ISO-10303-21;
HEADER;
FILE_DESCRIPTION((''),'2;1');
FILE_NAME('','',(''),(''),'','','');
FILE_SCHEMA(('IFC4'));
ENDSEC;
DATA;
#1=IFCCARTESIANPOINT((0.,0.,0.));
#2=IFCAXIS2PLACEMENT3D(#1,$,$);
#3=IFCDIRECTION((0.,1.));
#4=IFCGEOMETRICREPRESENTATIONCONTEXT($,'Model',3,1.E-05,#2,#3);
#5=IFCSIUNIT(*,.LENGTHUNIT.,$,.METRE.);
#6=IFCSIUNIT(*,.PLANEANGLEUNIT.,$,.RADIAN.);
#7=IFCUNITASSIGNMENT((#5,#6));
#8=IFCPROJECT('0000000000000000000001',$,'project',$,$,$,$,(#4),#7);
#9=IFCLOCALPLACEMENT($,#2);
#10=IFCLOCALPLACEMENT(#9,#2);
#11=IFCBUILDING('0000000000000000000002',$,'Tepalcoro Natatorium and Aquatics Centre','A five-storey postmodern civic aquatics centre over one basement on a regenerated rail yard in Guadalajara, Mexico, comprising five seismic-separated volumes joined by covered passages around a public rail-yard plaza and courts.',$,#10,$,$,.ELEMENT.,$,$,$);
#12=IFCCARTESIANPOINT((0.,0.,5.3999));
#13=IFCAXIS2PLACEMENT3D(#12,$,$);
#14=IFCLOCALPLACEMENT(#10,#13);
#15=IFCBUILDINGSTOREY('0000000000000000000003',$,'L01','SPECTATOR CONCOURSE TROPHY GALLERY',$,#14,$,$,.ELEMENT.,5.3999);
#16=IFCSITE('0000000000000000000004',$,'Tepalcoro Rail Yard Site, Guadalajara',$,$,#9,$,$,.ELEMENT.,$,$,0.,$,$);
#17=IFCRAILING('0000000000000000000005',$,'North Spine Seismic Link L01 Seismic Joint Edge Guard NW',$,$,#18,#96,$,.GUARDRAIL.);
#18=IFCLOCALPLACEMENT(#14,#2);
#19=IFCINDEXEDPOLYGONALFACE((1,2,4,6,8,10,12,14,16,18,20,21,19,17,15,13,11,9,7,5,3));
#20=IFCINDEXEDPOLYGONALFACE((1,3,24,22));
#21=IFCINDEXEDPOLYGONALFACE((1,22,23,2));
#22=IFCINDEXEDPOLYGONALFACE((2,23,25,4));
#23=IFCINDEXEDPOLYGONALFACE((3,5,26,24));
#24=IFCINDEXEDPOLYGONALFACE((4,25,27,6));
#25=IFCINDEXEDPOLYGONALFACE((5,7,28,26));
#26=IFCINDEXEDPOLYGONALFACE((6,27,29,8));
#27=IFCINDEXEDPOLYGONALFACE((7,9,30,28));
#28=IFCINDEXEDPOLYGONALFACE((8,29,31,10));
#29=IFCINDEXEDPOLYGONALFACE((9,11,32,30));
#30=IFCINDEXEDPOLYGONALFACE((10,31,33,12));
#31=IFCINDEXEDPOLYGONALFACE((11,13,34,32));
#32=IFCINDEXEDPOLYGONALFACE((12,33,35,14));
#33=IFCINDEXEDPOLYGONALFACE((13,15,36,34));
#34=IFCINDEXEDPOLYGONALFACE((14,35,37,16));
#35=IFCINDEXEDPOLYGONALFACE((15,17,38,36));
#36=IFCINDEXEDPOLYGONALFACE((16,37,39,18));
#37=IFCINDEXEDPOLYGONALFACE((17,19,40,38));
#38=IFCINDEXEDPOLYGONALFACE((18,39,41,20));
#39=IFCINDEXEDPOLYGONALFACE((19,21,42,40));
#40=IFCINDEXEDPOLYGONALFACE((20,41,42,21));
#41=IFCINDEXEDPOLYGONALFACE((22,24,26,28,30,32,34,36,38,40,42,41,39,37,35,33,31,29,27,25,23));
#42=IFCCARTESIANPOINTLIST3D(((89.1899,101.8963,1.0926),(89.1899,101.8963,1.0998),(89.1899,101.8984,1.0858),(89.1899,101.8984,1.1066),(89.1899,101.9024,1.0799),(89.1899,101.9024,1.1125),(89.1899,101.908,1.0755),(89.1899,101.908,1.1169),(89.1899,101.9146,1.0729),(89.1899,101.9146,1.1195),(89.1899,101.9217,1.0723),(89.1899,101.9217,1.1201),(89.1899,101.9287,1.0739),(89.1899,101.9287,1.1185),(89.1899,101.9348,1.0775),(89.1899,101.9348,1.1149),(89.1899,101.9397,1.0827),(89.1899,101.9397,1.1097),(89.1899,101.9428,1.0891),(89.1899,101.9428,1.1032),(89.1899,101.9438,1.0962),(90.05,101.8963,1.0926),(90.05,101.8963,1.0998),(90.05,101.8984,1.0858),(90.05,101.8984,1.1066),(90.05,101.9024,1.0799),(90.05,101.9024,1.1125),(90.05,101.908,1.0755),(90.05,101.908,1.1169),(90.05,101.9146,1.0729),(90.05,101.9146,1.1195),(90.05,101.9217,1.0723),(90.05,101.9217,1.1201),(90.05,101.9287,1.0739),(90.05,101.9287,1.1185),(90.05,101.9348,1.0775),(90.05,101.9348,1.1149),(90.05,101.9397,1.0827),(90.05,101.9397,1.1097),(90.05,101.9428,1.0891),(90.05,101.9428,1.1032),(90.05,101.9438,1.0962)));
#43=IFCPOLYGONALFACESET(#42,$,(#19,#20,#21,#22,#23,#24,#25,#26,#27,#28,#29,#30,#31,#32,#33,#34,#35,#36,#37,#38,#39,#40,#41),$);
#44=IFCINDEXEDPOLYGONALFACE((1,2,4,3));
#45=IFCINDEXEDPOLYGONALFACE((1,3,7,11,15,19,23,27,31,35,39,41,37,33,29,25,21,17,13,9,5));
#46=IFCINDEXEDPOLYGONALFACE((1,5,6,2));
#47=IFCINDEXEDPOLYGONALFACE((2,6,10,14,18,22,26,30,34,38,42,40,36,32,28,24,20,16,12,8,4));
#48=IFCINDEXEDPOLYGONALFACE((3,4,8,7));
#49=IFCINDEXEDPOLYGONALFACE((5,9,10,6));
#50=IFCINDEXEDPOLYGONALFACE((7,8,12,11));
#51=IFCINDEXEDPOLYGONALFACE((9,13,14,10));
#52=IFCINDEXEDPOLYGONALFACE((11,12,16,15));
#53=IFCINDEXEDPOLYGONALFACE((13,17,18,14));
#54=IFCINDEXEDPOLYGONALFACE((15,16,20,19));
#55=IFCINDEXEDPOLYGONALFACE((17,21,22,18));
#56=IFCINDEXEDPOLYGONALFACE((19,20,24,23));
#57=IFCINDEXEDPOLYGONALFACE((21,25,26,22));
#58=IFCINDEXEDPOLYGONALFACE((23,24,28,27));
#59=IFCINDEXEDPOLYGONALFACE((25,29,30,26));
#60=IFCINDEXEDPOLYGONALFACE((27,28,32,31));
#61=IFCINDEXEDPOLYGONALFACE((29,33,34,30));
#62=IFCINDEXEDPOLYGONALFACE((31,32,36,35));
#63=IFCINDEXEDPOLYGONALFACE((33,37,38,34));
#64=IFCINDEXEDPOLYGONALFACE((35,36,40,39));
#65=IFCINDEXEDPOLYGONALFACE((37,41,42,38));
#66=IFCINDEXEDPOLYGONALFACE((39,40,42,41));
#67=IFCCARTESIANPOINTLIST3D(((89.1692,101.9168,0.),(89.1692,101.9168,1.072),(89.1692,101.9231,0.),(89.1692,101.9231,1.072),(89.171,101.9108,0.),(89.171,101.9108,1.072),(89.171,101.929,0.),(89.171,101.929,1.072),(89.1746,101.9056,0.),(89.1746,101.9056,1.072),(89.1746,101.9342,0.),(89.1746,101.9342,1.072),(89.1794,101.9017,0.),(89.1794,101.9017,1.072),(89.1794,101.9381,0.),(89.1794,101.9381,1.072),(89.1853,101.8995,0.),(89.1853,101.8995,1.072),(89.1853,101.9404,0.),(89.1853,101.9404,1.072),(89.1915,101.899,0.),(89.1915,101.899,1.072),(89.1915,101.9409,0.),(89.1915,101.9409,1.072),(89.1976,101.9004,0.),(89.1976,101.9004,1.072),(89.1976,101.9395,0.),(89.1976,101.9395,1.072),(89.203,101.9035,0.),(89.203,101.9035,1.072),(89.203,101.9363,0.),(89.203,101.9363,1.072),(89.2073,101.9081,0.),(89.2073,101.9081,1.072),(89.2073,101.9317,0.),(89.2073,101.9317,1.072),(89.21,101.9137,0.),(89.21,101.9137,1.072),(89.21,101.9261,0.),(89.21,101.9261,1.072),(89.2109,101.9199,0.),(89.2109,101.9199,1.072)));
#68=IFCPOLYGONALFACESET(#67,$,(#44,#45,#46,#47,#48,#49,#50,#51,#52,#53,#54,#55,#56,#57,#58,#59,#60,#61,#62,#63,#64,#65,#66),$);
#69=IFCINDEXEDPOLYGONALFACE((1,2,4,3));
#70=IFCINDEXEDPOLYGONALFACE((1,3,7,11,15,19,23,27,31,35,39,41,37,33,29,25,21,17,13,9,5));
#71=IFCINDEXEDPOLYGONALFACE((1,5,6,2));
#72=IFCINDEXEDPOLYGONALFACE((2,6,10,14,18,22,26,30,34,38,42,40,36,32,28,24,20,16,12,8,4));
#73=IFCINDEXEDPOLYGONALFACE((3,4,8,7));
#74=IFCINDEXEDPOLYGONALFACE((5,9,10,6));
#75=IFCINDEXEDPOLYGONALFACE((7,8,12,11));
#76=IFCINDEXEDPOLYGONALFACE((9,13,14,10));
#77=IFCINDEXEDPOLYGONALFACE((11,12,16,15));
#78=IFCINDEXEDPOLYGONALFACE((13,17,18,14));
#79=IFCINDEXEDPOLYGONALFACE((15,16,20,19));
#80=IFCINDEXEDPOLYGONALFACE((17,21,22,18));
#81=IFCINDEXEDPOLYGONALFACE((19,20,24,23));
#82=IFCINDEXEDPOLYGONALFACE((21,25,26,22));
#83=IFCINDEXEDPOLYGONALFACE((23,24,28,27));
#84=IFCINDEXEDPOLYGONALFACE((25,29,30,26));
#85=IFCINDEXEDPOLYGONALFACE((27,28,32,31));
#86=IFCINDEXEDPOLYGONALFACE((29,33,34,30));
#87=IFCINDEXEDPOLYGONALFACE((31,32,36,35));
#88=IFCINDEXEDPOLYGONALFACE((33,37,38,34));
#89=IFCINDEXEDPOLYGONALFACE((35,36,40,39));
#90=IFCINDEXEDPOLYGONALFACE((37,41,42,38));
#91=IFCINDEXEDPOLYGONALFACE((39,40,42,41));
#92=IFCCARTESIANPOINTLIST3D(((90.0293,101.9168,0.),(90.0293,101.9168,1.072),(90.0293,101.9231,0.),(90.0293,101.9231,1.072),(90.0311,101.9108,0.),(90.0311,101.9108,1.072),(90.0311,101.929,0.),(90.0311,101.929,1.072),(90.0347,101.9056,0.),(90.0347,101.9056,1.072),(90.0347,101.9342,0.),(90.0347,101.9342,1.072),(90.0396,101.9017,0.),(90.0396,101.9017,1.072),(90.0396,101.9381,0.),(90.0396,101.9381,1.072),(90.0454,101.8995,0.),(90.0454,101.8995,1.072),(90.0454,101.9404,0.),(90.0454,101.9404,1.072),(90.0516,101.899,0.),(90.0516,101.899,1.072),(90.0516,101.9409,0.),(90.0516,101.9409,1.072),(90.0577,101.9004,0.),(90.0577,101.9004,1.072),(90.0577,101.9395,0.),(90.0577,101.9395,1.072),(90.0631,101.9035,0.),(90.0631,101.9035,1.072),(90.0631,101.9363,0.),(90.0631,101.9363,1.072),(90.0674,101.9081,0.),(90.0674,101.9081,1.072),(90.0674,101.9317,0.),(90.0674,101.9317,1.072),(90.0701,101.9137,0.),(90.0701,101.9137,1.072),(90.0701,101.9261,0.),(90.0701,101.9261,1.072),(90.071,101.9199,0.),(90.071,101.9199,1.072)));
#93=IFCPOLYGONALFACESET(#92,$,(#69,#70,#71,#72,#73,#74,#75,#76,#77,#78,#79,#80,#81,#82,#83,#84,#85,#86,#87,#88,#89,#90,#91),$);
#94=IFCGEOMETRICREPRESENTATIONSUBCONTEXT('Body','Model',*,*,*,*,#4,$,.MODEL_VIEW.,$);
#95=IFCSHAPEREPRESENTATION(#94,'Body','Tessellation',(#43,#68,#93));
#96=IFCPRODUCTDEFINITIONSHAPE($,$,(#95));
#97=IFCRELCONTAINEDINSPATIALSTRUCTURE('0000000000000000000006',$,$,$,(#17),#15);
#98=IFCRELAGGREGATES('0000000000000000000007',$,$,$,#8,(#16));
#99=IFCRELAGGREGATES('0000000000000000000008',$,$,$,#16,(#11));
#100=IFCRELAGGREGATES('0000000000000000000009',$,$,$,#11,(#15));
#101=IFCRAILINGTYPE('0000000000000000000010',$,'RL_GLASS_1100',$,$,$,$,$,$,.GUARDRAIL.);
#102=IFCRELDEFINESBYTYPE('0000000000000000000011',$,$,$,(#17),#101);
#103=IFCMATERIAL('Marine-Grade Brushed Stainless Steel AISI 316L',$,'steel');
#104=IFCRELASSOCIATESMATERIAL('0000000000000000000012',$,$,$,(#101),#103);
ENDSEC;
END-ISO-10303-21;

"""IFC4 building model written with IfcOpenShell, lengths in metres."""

from ifc_helpers import new_model, si_unit, direction, frame, origin, origin_2d, place, context, subcontext, project, spatial, circle, extrude, material, type_object, element, save


model = new_model("IFC4")

# Units and contexts
model_context = context("Model", 3, precision=1e-05, world=origin(), true_north=direction((0.0, 1.0)))
body_context = subcontext(model_context, "Body", "Model", "MODEL_VIEW")
ifc_project = project(units=[si_unit("LENGTHUNIT", "METRE"), si_unit("PLANEANGLEUNIT", "RADIAN")], contexts=[model_context])

# Site, building, storey
site_placement = place(None, origin())
site = spatial("IfcSite", under=ifc_project, at=site_placement, Name="Tepalcoro Rail Yard Site, Guadalajara", CompositionType="ELEMENT", RefElevation=0.0)
building_placement = place(site_placement, origin())
building = spatial("IfcBuilding", under=site, at=building_placement, Name="Tepalcoro Natatorium and Aquatics Centre", Description="A five-storey postmodern civic aquatics centre over one basement on a regenerated rail yard in Guadalajara, Mexico, comprising five seismic-separated volumes joined by covered passages around a public rail-yard plaza and courts.", CompositionType="ELEMENT")
storey_placement = place(building_placement, frame((0.0, 0.0, 5.3999)))
storey = spatial("IfcBuildingStorey", under=building, at=storey_placement, Name="L01", Description="SPECTATOR CONCOURSE TROPHY GALLERY", CompositionType="ELEMENT", Elevation=5.3999)

# Railing
ifc_material_1 = material(Name="Marine-Grade Brushed Stainless Steel AISI 316L", Category="steel")
railing_type = type_object("IfcRailingType", Name="RL_GLASS_1100", PredefinedType="GUARDRAIL", material=ifc_material_1)
railing_1_placement = place(storey_placement, frame((89.1899, 101.9199, 0.0)))
element("IfcRailing", 1, at=railing_1_placement, inside=storey, type_object=railing_type, Name="North Spine Seismic Link L01 Seismic Joint Edge Guard NW", PredefinedType="GUARDRAIL", context=body_context, shape_type="SweptSolid", body=[
    extrude(circle(Radius=0.0239, at=origin_2d()), frame((0.0, 0.0, 1.0962), z_axis=(1.0, 0.0, 0.0), x_axis=(0.0, 1.0, 0.0)), (0.0, 0.0, 1.0), 0.8601),
    extrude(circle(Radius=0.021, at=origin_2d()), origin(), (0.0, 0.0, 1.0), 1.072),
    extrude(circle(Radius=0.021, at=origin_2d()), frame((0.8601, 0.0, 0.0)), (0.0, 0.0, 1.0), 1.072),
])

save(model, "model.ifc")
